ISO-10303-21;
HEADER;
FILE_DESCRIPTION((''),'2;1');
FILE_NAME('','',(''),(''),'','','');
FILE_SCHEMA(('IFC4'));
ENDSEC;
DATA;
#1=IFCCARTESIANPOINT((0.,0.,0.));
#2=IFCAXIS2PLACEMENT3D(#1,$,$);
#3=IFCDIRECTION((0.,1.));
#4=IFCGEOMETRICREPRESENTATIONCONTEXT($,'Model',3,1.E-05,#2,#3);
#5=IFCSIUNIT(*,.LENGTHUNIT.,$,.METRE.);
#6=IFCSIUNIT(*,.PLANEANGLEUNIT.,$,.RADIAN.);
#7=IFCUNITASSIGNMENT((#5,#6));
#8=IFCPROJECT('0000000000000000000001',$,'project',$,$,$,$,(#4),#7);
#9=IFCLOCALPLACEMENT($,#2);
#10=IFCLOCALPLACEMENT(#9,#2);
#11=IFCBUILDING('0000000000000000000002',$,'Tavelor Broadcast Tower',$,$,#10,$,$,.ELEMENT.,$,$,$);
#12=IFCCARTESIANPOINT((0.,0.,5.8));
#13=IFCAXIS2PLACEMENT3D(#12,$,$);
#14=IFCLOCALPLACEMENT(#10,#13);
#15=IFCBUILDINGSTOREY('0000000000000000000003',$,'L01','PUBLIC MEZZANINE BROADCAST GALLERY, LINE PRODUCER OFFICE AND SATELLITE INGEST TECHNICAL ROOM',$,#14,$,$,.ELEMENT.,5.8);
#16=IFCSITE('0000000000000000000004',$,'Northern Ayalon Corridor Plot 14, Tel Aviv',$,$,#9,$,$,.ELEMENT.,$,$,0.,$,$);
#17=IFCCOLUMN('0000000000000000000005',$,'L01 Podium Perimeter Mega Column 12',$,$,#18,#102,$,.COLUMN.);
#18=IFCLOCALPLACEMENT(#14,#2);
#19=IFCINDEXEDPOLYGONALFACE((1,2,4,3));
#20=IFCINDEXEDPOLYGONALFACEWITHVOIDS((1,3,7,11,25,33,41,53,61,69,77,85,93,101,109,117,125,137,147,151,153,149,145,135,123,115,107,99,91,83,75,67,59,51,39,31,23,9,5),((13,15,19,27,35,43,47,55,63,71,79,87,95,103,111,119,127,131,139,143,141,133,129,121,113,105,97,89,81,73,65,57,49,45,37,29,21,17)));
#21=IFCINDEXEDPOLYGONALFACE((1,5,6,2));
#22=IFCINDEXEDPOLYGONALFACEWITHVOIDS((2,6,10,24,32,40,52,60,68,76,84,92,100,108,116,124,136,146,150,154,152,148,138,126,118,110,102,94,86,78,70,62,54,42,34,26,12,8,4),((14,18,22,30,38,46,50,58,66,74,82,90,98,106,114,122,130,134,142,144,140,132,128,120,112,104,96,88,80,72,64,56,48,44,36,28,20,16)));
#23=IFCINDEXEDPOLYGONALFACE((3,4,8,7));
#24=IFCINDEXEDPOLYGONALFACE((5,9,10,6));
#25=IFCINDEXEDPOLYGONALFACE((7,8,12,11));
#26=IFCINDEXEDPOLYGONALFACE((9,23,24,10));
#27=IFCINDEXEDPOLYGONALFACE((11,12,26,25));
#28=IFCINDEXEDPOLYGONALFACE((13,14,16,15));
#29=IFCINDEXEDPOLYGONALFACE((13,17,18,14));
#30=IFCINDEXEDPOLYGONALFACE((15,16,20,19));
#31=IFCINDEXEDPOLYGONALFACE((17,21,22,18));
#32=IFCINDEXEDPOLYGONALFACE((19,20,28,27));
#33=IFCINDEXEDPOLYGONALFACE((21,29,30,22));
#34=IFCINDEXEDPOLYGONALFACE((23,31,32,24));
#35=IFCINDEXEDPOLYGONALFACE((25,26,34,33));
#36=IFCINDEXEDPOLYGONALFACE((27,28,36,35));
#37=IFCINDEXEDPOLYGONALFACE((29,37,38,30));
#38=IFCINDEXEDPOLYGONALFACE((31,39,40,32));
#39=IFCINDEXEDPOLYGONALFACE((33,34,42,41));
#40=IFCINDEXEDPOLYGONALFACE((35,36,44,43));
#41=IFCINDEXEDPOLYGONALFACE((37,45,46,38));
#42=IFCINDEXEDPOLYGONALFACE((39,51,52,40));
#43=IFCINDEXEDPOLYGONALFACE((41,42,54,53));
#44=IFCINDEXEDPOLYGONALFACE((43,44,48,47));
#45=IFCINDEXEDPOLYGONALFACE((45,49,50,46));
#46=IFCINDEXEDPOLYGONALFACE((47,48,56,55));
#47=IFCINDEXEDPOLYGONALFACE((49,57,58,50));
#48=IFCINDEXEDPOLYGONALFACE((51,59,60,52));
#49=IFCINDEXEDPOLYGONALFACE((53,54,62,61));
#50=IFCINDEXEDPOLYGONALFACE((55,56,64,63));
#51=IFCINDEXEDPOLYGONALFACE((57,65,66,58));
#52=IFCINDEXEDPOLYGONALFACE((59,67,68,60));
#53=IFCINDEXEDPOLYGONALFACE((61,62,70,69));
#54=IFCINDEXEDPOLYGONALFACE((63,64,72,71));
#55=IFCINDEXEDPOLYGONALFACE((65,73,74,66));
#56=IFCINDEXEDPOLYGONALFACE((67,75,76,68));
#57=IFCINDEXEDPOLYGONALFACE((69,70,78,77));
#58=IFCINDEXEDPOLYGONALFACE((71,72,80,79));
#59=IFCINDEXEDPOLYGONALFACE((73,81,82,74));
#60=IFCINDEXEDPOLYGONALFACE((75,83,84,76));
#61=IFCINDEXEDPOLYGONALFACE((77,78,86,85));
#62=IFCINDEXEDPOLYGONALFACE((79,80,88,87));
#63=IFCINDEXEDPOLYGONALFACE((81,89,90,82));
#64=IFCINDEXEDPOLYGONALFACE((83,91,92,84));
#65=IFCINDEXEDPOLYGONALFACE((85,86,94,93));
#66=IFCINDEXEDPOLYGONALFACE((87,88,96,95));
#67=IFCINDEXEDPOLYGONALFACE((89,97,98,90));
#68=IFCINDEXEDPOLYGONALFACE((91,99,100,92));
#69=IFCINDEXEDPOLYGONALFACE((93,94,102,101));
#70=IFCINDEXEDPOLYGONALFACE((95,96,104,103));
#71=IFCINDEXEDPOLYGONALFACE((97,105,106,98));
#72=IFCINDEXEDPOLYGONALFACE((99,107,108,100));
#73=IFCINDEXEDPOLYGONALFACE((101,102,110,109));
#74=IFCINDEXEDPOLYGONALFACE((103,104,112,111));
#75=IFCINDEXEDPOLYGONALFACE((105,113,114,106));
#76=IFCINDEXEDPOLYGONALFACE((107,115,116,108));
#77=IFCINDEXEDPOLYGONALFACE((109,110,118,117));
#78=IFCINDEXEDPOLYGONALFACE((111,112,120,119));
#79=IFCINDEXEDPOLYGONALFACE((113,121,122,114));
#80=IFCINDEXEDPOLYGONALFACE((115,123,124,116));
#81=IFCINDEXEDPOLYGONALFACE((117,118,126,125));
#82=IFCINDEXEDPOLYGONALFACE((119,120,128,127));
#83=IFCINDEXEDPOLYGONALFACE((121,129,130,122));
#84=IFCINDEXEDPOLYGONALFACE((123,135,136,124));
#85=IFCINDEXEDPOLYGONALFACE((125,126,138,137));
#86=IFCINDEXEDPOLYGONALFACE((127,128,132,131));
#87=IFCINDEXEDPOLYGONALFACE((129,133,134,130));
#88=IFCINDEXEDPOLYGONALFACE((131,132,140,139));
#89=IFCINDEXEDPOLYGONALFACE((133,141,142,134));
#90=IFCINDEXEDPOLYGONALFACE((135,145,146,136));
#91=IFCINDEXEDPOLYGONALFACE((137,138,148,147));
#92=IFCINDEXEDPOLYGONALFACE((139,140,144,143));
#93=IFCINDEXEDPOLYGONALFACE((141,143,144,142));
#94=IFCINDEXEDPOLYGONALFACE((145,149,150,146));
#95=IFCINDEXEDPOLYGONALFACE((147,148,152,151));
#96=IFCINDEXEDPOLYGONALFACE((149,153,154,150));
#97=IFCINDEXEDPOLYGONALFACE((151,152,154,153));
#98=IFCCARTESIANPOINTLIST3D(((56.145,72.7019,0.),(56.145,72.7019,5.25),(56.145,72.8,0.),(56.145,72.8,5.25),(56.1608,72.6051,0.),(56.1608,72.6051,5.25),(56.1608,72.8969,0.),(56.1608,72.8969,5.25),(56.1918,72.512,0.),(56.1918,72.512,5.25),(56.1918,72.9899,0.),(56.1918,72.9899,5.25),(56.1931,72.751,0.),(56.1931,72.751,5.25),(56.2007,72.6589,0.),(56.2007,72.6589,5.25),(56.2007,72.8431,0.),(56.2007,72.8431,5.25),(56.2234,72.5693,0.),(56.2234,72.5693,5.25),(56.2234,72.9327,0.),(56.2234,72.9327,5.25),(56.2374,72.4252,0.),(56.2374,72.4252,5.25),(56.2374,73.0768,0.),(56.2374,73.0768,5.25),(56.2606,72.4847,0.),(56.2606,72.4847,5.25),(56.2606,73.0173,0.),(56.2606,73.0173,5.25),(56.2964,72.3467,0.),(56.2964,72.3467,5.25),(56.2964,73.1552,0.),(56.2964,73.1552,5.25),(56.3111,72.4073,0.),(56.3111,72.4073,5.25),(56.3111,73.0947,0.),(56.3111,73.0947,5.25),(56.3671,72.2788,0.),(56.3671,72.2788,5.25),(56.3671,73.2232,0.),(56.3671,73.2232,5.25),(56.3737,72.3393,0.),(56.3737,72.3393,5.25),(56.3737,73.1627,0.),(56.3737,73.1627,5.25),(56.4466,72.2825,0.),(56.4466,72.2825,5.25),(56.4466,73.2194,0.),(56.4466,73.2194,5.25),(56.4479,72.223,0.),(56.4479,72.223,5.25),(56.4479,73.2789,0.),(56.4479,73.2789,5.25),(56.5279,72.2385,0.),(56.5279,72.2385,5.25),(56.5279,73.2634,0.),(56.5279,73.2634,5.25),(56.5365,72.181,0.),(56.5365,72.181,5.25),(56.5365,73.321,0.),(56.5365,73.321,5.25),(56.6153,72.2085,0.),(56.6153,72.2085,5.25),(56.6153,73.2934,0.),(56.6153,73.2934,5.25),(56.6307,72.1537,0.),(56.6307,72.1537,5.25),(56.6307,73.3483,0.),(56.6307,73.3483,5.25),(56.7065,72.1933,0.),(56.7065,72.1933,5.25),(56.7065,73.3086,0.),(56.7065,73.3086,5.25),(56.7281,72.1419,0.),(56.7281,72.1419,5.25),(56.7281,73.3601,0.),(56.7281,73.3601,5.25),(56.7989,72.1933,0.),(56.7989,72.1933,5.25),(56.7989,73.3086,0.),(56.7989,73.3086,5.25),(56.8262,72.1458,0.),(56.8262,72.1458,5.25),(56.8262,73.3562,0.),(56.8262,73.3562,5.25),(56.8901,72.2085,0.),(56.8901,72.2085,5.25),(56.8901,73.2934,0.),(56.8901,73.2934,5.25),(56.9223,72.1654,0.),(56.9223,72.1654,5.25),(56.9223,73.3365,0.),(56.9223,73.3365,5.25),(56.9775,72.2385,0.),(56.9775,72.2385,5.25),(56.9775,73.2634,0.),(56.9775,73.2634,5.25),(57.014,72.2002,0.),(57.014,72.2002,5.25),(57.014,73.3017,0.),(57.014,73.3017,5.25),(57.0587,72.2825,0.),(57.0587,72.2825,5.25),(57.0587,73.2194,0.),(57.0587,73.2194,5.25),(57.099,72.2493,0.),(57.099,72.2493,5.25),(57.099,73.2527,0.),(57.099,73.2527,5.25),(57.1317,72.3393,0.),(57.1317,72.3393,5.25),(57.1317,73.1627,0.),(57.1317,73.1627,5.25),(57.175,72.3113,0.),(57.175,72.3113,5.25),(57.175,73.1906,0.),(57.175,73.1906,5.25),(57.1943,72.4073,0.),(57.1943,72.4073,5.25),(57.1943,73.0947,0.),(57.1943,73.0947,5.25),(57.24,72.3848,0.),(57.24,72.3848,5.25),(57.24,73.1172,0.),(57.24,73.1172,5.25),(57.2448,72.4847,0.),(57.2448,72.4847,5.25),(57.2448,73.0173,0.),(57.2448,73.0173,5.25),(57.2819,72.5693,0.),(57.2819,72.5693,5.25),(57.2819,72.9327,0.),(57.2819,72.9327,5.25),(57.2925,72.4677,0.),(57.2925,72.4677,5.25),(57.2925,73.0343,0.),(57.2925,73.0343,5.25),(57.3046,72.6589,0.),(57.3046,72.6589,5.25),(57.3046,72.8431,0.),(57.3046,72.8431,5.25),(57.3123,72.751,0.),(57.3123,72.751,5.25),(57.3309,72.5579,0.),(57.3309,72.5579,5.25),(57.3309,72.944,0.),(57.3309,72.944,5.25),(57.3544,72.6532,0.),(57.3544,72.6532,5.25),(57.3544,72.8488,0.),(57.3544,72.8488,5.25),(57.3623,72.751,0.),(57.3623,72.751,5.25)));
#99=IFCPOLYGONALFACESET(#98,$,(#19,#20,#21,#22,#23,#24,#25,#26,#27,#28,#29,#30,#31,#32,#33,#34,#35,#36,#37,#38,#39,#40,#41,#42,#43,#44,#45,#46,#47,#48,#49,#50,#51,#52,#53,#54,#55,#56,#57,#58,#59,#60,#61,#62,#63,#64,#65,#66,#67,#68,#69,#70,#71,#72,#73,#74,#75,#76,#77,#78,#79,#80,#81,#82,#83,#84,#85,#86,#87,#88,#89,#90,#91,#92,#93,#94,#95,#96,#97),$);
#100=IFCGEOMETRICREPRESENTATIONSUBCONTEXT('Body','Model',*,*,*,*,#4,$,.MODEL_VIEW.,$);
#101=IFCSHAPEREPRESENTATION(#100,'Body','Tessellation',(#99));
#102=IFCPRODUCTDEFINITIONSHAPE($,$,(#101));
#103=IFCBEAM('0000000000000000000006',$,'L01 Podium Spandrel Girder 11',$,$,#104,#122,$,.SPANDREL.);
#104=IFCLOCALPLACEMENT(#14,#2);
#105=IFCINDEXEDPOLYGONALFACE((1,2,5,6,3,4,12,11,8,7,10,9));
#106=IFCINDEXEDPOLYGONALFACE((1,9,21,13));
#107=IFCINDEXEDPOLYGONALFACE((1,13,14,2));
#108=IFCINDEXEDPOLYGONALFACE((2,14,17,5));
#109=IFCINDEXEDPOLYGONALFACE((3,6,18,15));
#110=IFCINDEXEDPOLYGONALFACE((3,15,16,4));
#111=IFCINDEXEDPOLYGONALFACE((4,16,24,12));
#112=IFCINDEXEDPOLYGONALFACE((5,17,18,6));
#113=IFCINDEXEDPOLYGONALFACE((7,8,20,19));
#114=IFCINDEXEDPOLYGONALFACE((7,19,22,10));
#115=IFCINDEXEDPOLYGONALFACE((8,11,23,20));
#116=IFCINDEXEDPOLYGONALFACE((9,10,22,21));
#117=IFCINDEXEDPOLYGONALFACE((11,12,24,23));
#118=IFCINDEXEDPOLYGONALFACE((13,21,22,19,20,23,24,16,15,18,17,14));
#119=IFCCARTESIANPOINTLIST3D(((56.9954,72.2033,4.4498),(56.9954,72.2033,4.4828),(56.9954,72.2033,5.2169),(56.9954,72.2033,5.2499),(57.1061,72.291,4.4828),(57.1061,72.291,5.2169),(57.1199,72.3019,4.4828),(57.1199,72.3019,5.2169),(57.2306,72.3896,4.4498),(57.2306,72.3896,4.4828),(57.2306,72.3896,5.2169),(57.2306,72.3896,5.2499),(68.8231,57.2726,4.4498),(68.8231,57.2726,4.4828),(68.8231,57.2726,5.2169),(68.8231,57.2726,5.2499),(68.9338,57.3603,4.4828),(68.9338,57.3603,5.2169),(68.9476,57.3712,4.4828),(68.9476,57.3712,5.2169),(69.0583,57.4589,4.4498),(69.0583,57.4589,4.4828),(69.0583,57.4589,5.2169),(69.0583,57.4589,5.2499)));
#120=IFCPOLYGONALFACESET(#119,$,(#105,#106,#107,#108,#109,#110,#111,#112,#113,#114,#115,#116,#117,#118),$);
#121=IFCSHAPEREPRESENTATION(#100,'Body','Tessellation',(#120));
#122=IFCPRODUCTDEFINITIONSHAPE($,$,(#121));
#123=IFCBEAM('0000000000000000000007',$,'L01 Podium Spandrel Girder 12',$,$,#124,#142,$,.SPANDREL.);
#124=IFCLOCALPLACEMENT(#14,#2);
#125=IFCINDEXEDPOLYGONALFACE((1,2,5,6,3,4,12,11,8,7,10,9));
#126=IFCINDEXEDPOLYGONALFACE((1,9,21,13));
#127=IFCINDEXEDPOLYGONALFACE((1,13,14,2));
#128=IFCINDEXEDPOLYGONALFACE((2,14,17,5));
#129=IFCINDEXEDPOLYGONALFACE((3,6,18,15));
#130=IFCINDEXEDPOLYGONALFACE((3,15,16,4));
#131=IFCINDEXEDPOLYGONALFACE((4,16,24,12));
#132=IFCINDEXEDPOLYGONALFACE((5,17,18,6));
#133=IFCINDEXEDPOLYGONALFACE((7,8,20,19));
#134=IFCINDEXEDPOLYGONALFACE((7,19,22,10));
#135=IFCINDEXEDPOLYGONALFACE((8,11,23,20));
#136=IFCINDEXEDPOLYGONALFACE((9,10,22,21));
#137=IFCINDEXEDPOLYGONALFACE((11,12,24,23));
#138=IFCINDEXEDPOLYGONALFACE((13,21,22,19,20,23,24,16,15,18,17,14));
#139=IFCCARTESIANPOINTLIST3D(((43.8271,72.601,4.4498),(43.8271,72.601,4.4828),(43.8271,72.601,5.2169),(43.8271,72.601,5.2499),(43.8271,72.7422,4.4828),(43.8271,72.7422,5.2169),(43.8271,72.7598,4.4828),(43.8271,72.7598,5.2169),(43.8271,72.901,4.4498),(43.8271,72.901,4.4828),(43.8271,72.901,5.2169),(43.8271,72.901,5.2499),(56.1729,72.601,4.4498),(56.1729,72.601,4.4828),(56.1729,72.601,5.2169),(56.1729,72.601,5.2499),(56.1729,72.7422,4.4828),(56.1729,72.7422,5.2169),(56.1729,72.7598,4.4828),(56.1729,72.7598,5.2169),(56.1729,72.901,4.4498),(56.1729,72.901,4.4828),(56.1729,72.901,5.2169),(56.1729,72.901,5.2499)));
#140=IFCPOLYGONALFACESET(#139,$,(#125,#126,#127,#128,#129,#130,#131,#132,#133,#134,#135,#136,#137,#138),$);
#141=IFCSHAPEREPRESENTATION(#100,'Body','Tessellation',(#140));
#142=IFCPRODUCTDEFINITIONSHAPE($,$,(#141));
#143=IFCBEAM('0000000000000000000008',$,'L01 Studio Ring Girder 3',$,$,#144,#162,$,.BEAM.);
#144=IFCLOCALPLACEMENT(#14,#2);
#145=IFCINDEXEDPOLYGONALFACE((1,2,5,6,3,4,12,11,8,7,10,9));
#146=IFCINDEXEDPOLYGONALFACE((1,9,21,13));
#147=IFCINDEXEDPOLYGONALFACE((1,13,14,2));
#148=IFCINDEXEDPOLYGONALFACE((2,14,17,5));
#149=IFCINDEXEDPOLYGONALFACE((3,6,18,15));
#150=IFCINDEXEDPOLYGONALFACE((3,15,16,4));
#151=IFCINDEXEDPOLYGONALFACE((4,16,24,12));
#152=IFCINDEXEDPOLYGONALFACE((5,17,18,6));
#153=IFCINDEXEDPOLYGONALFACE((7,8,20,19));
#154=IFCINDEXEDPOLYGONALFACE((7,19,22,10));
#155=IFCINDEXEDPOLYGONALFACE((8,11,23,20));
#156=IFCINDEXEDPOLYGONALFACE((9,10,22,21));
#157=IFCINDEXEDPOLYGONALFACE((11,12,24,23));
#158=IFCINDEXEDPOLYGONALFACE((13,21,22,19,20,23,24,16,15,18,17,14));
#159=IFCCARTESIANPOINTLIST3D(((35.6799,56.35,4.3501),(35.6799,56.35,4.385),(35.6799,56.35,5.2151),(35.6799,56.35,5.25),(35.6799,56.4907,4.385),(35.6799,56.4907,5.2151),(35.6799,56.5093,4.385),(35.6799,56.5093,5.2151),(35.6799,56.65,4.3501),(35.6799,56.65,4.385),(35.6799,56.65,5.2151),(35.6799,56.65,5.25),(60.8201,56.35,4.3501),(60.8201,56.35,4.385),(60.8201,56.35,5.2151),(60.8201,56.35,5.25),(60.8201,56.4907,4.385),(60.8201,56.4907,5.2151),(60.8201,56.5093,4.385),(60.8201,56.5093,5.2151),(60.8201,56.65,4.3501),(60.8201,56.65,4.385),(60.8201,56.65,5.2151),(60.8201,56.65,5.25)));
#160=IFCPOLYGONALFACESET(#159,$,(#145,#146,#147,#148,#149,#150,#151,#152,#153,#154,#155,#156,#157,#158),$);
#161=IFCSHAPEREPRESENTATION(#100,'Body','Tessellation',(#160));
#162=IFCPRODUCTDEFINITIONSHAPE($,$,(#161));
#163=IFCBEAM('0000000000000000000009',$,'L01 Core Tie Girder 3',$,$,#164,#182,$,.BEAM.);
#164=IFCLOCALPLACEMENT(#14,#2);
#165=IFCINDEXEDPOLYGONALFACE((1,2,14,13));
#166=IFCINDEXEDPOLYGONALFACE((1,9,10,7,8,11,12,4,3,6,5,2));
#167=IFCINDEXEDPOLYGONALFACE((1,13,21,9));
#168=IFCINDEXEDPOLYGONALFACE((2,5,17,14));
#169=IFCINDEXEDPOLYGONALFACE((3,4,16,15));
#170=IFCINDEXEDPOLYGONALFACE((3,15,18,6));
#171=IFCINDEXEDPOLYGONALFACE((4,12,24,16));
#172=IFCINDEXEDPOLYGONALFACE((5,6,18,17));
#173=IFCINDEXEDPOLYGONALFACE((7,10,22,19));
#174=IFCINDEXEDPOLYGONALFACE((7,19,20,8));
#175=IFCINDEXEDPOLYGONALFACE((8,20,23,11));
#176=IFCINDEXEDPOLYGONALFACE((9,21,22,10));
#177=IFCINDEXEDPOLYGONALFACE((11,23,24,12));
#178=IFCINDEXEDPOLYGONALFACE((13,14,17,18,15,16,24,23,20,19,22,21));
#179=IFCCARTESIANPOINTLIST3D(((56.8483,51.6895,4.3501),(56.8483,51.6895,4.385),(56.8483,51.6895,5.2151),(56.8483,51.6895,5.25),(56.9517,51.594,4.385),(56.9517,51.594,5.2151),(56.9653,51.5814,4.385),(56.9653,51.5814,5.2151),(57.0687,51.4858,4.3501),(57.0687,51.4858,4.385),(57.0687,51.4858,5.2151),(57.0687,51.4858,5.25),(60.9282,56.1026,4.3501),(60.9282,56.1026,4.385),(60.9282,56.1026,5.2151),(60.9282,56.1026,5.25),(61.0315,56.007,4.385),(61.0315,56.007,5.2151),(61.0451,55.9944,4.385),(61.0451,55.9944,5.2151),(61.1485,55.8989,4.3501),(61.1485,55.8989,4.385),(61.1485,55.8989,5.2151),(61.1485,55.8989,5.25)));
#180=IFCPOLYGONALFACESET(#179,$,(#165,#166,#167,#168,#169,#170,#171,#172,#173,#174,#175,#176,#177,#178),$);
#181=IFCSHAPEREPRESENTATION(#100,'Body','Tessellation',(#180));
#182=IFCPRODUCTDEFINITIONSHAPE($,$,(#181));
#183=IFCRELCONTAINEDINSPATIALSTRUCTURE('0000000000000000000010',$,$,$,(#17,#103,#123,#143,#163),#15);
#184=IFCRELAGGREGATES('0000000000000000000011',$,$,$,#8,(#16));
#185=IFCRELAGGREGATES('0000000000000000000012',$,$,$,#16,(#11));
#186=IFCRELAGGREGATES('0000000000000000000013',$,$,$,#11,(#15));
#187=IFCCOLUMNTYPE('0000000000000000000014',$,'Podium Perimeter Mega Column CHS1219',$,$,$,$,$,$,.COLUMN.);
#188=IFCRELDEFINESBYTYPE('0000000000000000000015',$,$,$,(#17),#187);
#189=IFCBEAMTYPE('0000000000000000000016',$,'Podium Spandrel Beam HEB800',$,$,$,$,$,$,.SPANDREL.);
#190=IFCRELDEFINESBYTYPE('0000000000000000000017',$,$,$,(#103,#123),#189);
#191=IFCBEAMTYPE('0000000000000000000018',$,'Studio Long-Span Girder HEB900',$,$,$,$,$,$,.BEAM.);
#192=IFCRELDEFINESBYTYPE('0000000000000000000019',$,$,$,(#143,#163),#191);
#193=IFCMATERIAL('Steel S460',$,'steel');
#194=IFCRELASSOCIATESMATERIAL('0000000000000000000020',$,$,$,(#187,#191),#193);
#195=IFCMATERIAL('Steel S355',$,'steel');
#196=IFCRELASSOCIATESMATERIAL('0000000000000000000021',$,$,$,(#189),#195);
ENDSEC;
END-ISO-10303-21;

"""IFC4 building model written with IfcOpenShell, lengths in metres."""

from ifc_helpers import new_model, si_unit, direction, frame, origin, origin_2d, place, context, subcontext, project, spatial, hollow_circle, i_section, extrude, material, material_profile, profile_set, type_object, element, save


model = new_model("IFC4")

# Units and contexts
model_context = context("Model", 3, precision=1e-05, world=origin(), true_north=direction((0.0, 1.0)))
body_context = subcontext(model_context, "Body", "Model", "MODEL_VIEW")
ifc_project = project(units=[si_unit("LENGTHUNIT", "METRE"), si_unit("PLANEANGLEUNIT", "RADIAN")], contexts=[model_context])

# Site, building, storey
site_placement = place(None, origin())
site = spatial("IfcSite", under=ifc_project, at=site_placement, Name="Northern Ayalon Corridor Plot 14, Tel Aviv", CompositionType="ELEMENT", RefElevation=0.0)
building_placement = place(site_placement, origin())
building = spatial("IfcBuilding", under=site, at=building_placement, Name="Tavelor Broadcast Tower", CompositionType="ELEMENT")
storey_placement = place(building_placement, frame((0.0, 0.0, 5.8)))
storey = spatial("IfcBuildingStorey", under=building, at=storey_placement, Name="L01", Description="PUBLIC MEZZANINE BROADCAST GALLERY, LINE PRODUCER OFFICE AND SATELLITE INGEST TECHNICAL ROOM", CompositionType="ELEMENT", Elevation=5.8)

# Column
ifc_material_1 = material(Name="Steel S460", Category="steel")
ifc_material_profile_1 = material_profile(ifc_material_1, hollow_circle(Radius=0.6096, WallThickness=0.05, at=origin_2d()), Name="CHS 1219x50")
ifc_profile_set_1 = profile_set([ifc_material_profile_1], Name="Steel S460")
column_type_1 = type_object("IfcColumnType", Name="Podium Perimeter Mega Column CHS1219", PredefinedType="COLUMN", material=ifc_profile_set_1)
for number, where, z_axis, x_axis, name in (
    (1, (56.7527, 72.751, 0.0), (0.0, 0.0, 1.0), (1.0, 0.0, 0.0), "L01 Podium Perimeter Mega Column 12"),
):
    element("IfcColumn", number, at=place(storey_placement, frame(where, z_axis=z_axis, x_axis=x_axis)), inside=storey, type_object=column_type_1, Name=name, PredefinedType="COLUMN", context=body_context, shape_type="SweptSolid", body=[
        extrude(hollow_circle(Radius=0.6096, WallThickness=0.05, at=origin_2d()), origin(), (0.0, 0.0, 1.0), 5.25),
    ])

# Beams
ifc_material_2 = material(Name="Steel S355", Category="steel")
ifc_material_profile_2 = material_profile(ifc_material_2, i_section(OverallWidth=0.3, OverallDepth=0.8, WebThickness=0.0176, FlangeThickness=0.033, at=origin_2d()), Name="HEB 800")
ifc_profile_set_2 = profile_set([ifc_material_profile_2], Name="Steel S355")
beam_type_1 = type_object("IfcBeamType", Name="Podium Spandrel Beam HEB800", PredefinedType="SPANDREL", material=ifc_profile_set_2)
beam_1_placement = place(storey_placement, frame((68.9407, 57.3657, 4.8499), z_axis=(-0.620946, 0.783853, 0.0), x_axis=(-0.783853, -0.620946, 0.0)))
element("IfcBeam", 2, at=beam_1_placement, inside=storey, type_object=beam_type_1, Name="L01 Podium Spandrel Girder 11", PredefinedType="SPANDREL", context=body_context, shape_type="SweptSolid", body=[
    extrude(i_section(OverallWidth=0.3, OverallDepth=0.8, WebThickness=0.0176, FlangeThickness=0.033, at=origin_2d()), origin(), (0.0, 0.0, 1.0), 19.0479),
])
beam_2_placement = place(storey_placement, frame((56.1729, 72.751, 4.8499), z_axis=(-1.0, 0.0, 0.0), x_axis=(0.0, -1.0, 0.0)))
element("IfcBeam", 3, at=beam_2_placement, inside=storey, type_object=beam_type_1, Name="L01 Podium Spandrel Girder 12", PredefinedType="SPANDREL", context=body_context, shape_type="SweptSolid", body=[
    extrude(i_section(OverallWidth=0.3, OverallDepth=0.8, WebThickness=0.0176, FlangeThickness=0.033, at=origin_2d()), origin(), (0.0, 0.0, 1.0), 12.3457),
])
ifc_material_profile_3 = material_profile(ifc_material_1, i_section(OverallWidth=0.3, OverallDepth=0.8999, WebThickness=0.0186, FlangeThickness=0.0349, at=origin_2d()), Name="HEB 900")
ifc_profile_set_3 = profile_set([ifc_material_profile_3], Name="Steel S460")
beam_type_2 = type_object("IfcBeamType", Name="Studio Long-Span Girder HEB900", PredefinedType="BEAM", material=ifc_profile_set_3)
beam_3_placement = place(storey_placement, frame((60.8201, 56.5, 4.8), z_axis=(-1.0, 0.0, 0.0), x_axis=(0.0, -1.0, 0.0)))
element("IfcBeam", 4, at=beam_3_placement, inside=storey, type_object=beam_type_2, Name="L01 Studio Ring Girder 3", PredefinedType="BEAM", context=body_context, shape_type="SweptSolid", body=[
    extrude(i_section(OverallWidth=0.3, OverallDepth=0.8999, WebThickness=0.0186, FlangeThickness=0.0349, at=origin_2d()), origin(), (0.0, 0.0, 1.0), 25.1401),
])
beam_4_placement = place(storey_placement, frame((61.0383, 56.0007, 4.8), z_axis=(-0.678838, -0.734288, 0.0), x_axis=(0.734288, -0.678838, 0.0)))
element("IfcBeam", 5, at=beam_4_placement, inside=storey, type_object=beam_type_2, Name="L01 Core Tie Girder 3", PredefinedType="BEAM", context=body_context, shape_type="SweptSolid", body=[
    extrude(i_section(OverallWidth=0.3, OverallDepth=0.8999, WebThickness=0.0186, FlangeThickness=0.0349, at=origin_2d()), origin(), (0.0, 0.0, 1.0), 6.01),
])

save(model, "model.ifc")
